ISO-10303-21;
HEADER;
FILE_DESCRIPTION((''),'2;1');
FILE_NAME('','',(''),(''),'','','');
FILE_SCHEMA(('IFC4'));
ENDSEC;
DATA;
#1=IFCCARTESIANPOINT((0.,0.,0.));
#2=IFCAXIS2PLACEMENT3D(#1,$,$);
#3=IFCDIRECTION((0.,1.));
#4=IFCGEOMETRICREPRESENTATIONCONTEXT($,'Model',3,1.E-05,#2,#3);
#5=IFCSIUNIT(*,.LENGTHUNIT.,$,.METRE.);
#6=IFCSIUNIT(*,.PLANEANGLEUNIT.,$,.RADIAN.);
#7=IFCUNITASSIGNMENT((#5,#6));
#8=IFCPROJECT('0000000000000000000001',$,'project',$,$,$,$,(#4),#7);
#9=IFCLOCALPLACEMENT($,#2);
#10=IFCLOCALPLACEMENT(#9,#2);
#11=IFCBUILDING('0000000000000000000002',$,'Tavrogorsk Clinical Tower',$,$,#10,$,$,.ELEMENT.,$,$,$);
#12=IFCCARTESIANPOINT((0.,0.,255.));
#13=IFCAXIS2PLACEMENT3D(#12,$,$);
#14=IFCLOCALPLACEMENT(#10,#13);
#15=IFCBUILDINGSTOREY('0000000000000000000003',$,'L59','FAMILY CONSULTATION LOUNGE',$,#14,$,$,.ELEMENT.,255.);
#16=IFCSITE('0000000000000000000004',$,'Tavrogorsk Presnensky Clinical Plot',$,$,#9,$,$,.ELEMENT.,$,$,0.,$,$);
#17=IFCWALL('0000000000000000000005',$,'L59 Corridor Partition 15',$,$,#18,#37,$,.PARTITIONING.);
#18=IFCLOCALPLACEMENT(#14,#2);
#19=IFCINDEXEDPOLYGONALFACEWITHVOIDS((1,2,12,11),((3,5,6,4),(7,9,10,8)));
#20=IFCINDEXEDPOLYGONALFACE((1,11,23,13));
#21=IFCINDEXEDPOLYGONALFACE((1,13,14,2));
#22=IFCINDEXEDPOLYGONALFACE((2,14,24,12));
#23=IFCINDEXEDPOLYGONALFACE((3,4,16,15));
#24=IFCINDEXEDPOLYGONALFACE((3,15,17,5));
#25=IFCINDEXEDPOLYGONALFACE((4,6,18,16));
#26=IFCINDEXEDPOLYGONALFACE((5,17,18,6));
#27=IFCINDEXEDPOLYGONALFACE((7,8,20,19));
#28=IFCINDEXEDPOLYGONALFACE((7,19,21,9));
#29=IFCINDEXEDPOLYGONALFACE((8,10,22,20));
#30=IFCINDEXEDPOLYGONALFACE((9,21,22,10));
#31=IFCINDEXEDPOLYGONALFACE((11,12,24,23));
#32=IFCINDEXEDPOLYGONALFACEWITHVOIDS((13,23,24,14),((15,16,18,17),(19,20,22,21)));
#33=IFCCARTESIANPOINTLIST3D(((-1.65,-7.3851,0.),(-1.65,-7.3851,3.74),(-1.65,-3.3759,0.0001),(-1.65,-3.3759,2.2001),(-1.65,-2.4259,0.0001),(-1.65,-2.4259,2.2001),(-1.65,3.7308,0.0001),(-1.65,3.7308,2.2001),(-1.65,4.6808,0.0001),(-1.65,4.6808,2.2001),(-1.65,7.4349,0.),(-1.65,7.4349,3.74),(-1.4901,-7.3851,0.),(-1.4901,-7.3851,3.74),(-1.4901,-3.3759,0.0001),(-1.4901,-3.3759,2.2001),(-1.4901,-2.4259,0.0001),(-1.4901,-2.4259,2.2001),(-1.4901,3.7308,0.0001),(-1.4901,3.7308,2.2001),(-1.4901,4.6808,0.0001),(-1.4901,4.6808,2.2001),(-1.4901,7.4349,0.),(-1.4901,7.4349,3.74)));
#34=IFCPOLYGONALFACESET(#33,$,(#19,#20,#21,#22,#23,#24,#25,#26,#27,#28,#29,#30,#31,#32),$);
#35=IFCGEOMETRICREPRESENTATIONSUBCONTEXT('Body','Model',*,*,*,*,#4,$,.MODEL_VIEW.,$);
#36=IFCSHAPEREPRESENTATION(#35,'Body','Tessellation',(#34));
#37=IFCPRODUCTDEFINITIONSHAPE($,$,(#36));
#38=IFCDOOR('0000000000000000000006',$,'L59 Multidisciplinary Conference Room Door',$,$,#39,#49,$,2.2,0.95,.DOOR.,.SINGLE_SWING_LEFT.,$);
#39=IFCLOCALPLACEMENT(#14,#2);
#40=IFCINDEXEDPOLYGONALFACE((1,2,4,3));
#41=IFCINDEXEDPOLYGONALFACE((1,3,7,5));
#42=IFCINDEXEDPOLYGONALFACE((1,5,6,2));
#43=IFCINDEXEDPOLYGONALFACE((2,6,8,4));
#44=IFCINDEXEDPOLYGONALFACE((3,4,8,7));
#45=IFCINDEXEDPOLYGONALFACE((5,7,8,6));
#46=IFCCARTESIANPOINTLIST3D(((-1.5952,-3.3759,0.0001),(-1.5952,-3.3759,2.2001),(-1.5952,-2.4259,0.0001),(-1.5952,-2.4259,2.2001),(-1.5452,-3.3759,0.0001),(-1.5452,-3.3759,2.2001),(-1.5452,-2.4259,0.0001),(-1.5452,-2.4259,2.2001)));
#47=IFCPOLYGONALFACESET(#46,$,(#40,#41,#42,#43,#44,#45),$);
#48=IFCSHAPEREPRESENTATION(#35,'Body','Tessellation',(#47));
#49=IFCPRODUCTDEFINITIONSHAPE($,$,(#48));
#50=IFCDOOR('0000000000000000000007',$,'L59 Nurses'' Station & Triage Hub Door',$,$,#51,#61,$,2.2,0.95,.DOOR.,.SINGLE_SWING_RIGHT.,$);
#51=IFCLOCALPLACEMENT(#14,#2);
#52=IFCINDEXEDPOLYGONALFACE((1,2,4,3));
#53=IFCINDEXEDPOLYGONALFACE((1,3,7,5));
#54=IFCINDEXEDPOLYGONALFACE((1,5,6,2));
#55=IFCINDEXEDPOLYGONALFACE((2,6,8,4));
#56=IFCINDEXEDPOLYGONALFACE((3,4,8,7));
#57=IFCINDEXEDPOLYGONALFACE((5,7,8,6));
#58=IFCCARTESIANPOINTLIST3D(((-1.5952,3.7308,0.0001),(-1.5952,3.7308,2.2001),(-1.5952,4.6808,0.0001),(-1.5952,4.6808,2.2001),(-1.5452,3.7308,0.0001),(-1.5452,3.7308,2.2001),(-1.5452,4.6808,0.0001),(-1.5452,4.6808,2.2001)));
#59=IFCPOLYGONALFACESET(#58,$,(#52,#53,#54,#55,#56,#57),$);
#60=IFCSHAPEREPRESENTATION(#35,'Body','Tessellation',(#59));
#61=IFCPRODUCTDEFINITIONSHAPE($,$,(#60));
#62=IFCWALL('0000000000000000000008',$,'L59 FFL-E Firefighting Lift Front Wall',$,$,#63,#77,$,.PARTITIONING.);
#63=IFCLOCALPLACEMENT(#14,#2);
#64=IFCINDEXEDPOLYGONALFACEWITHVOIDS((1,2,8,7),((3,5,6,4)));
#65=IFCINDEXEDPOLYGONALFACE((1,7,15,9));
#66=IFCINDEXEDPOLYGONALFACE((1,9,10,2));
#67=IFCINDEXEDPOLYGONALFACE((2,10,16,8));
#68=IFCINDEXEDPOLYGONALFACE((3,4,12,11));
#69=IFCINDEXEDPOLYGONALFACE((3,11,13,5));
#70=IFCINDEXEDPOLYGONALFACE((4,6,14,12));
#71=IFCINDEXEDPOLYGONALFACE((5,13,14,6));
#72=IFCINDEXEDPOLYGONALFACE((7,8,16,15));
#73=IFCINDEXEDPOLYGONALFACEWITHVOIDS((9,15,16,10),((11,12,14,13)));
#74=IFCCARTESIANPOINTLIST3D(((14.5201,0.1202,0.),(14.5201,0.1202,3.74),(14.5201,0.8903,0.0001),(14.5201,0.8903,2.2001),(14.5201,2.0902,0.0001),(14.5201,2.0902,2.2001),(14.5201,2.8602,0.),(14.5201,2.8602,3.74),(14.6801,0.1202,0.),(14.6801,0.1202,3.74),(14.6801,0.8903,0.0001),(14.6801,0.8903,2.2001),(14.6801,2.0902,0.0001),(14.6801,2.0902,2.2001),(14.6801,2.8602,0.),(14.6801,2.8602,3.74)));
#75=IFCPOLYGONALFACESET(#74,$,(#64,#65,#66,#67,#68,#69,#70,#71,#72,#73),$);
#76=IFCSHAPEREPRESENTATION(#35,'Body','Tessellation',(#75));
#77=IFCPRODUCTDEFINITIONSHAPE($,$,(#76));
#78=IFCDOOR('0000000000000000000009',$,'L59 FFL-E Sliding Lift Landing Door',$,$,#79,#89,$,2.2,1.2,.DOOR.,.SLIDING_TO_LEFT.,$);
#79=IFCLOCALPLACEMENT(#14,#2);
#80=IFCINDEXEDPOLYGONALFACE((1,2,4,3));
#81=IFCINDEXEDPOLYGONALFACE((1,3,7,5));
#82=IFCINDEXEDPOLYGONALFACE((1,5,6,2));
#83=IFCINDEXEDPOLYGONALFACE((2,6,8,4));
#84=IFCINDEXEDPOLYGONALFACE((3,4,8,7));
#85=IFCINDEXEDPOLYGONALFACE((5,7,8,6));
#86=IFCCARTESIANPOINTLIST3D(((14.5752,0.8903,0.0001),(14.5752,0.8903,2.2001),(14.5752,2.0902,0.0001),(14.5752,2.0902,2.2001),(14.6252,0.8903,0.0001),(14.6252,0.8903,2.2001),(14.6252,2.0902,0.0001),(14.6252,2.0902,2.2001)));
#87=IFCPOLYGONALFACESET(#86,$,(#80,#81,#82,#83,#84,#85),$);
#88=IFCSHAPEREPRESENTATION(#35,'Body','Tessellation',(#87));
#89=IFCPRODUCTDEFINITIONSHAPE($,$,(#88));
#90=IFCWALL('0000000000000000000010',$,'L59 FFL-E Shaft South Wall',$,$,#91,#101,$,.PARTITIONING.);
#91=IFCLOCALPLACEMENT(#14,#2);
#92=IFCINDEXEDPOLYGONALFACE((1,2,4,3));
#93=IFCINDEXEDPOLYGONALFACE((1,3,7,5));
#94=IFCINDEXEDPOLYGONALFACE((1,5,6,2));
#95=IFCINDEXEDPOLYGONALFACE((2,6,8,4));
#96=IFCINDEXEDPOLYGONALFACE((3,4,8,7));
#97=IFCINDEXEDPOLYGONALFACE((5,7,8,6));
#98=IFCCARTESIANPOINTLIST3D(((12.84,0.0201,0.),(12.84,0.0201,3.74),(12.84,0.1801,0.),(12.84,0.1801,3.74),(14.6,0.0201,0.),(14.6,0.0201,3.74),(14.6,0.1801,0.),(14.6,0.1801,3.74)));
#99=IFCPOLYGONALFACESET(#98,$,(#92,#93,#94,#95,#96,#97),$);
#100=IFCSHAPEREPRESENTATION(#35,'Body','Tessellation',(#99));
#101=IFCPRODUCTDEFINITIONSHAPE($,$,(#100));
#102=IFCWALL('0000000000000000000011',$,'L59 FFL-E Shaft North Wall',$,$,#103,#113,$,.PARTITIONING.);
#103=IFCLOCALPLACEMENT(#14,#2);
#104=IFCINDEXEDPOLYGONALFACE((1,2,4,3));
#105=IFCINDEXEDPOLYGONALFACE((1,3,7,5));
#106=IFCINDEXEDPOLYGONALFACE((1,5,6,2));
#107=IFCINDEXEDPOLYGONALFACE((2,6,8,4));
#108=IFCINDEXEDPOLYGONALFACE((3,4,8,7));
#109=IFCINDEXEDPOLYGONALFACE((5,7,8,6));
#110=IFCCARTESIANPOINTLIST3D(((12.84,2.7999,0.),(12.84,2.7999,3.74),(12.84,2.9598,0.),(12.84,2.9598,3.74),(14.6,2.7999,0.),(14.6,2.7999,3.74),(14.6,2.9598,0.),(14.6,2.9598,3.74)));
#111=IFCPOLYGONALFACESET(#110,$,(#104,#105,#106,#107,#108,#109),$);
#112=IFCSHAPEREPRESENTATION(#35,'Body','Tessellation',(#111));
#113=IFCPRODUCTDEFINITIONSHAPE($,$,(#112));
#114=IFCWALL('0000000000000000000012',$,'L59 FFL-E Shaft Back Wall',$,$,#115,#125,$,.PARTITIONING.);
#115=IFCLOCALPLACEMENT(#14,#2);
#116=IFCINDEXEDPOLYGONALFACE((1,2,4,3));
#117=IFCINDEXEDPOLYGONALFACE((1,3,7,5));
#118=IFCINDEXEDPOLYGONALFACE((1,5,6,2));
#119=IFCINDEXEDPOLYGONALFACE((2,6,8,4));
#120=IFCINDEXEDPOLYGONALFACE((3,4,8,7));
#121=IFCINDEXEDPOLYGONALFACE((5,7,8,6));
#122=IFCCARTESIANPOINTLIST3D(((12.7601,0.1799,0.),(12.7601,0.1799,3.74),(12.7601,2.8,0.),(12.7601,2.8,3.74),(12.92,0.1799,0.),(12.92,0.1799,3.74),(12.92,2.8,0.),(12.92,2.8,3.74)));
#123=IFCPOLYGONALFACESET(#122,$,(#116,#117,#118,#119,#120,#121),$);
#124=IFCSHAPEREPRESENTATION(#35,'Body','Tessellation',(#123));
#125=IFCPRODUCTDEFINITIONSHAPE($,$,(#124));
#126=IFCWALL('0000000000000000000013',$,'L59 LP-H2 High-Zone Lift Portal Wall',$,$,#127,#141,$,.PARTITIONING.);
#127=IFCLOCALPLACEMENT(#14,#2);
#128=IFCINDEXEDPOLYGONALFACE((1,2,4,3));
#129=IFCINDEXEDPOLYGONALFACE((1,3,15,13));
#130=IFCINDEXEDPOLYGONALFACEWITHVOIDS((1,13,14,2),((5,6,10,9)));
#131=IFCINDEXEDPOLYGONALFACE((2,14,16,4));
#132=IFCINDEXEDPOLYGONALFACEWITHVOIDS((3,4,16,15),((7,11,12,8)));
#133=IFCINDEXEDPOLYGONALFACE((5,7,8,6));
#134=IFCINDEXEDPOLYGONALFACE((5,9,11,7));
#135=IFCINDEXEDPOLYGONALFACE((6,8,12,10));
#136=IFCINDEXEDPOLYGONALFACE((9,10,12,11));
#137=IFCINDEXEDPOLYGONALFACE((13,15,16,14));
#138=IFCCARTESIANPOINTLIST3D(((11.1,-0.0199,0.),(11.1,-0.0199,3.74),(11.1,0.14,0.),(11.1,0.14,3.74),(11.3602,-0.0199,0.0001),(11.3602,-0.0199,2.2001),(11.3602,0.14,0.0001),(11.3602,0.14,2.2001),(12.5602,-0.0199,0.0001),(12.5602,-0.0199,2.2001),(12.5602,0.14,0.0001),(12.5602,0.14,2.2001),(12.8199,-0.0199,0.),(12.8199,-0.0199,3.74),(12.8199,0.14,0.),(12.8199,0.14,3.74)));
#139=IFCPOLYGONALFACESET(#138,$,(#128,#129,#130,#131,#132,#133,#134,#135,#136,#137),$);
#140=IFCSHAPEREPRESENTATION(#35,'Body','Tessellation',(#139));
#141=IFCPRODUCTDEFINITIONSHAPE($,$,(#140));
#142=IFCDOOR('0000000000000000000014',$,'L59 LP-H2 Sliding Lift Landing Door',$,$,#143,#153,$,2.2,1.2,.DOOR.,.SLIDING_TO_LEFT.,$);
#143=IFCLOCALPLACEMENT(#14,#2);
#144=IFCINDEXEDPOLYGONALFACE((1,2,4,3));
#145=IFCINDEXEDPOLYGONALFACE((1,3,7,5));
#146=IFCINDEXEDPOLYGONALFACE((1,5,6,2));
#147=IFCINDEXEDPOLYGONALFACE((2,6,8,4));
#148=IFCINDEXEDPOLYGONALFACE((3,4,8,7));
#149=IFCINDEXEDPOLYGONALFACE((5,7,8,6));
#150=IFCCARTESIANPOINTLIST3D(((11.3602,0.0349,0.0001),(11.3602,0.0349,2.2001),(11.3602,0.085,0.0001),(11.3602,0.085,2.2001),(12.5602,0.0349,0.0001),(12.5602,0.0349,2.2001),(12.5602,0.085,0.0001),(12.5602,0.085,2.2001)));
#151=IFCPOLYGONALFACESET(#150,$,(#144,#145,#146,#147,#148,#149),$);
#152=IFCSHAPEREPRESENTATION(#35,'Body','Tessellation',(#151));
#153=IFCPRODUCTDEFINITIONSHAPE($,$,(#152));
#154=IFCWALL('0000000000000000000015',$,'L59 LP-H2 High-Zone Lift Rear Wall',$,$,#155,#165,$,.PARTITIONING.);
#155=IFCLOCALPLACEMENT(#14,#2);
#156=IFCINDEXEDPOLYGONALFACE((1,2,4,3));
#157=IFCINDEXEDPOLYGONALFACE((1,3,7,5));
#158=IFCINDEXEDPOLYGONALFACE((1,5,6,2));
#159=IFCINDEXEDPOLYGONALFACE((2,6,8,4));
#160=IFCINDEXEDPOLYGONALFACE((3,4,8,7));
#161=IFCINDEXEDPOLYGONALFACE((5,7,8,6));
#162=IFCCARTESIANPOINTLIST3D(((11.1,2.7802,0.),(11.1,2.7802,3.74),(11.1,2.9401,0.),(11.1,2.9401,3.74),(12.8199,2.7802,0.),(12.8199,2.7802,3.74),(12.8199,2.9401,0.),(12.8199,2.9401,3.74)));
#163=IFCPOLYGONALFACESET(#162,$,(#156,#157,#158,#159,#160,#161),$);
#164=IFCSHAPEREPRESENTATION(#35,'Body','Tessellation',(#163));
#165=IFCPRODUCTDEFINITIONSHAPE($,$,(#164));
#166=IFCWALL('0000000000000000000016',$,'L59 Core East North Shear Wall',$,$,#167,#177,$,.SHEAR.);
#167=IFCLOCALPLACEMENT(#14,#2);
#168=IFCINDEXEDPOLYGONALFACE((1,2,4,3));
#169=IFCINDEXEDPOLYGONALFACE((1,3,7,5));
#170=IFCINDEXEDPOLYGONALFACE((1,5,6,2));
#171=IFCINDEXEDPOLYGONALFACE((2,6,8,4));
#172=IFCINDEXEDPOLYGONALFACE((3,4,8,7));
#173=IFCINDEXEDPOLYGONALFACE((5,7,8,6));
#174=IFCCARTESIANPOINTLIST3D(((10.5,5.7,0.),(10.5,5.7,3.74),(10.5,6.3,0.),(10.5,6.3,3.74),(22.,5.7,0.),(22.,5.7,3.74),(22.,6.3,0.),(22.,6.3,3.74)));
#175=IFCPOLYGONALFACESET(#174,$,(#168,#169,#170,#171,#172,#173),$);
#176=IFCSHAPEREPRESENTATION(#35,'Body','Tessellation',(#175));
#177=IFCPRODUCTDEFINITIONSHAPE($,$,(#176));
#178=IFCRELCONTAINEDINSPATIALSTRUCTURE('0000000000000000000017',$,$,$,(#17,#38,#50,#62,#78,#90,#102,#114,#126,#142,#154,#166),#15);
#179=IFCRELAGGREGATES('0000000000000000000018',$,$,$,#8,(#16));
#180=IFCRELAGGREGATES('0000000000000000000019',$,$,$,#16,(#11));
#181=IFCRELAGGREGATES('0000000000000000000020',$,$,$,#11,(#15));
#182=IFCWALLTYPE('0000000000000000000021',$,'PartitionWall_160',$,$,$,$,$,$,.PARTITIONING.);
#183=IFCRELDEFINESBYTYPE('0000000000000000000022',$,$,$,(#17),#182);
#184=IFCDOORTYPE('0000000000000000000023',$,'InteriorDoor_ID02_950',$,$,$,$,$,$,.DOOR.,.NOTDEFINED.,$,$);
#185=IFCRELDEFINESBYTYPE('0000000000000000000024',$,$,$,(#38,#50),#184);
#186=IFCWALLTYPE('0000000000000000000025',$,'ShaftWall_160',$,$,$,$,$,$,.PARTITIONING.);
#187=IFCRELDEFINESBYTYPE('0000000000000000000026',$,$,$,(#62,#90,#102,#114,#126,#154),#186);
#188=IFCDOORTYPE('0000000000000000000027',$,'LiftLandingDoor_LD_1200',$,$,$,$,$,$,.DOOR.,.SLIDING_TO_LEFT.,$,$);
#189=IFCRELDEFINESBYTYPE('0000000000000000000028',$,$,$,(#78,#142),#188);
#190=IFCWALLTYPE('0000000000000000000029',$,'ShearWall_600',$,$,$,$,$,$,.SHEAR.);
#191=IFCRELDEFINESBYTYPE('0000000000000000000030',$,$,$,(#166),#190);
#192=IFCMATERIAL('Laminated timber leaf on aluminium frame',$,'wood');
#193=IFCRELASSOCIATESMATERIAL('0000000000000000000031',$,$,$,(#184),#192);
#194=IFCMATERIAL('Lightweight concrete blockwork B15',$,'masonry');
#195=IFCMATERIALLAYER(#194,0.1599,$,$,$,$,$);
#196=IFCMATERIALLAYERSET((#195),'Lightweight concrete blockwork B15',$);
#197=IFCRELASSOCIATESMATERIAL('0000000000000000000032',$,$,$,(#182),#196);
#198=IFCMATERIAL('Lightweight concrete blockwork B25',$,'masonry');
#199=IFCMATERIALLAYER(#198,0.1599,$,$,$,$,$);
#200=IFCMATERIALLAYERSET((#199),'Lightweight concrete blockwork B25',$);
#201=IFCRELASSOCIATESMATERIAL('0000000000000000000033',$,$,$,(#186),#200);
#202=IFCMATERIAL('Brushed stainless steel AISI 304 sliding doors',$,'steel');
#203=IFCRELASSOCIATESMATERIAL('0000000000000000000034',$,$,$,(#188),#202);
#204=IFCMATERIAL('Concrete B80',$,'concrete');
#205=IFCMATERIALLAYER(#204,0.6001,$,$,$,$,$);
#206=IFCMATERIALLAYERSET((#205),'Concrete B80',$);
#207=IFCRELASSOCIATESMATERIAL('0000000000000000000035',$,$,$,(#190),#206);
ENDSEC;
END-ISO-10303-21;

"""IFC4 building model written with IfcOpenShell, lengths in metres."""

from ifc_helpers import new_model, si_unit, direction, frame, frame_2d, origin, place, context, subcontext, project, spatial, rectangle, extrude, material, layer, layer_set, type_object, element, fill, save


model = new_model("IFC4")

# Units and contexts
model_context = context("Model", 3, precision=1e-05, world=origin(), true_north=direction((0.0, 1.0)))
body_context = subcontext(model_context, "Body", "Model", "MODEL_VIEW")
ifc_project = project(units=[si_unit("LENGTHUNIT", "METRE"), si_unit("PLANEANGLEUNIT", "RADIAN")], contexts=[model_context])

# Site, building, storey
site_placement = place(None, origin())
site = spatial("IfcSite", under=ifc_project, at=site_placement, Name="Tavrogorsk Presnensky Clinical Plot", CompositionType="ELEMENT", RefElevation=0.0)
building_placement = place(site_placement, origin())
building = spatial("IfcBuilding", under=site, at=building_placement, Name="Tavrogorsk Clinical Tower", CompositionType="ELEMENT")
storey_placement = place(building_placement, frame((0.0, 0.0, 255.0)))
storey = spatial("IfcBuildingStorey", under=building, at=storey_placement, Name="L59", Description="FAMILY CONSULTATION LOUNGE", CompositionType="ELEMENT", Elevation=255.0)

# Shared definitions
ifc_material_1 = material(Name="Laminated timber leaf on aluminium frame", Category="wood")
door_type_1 = type_object("IfcDoorType", Name="InteriorDoor_ID02_950", OperationType="NOTDEFINED", PredefinedType="DOOR", material=ifc_material_1)

# Shared definitions
ifc_material_2 = material(Name="Lightweight concrete blockwork B15", Category="masonry")
ifc_layer_1 = layer(ifc_material_2, 0.1599)
ifc_layer_set_1 = layer_set([ifc_layer_1], Name="Lightweight concrete blockwork B15")
wall_type_1 = type_object("IfcWallType", Name="PartitionWall_160", PredefinedType="PARTITIONING", material=ifc_layer_set_1)

# Wall, openings, doors
wall_1_placement = place(storey_placement, frame((-1.5701, 7.4351, 0.0), z_axis=(0.0, 0.0, 1.0), x_axis=(0.0, -1.0, 0.0)))
wall_1 = element("IfcWall", 1, at=wall_1_placement, inside=storey, type_object=wall_type_1, Name="L59 Corridor Partition 15", PredefinedType="PARTITIONING", context=body_context, shape_type="SweptSolid", body=[
    extrude(rectangle(XDim=14.8201, YDim=0.1599, at=frame_2d((7.4102, 0.0))), origin(), (0.0, 0.0, 1.0), 3.74),
])
opening_1_placement = place(wall_1_placement, frame((9.8608, 0.0, 0.0)))
opening_1 = element("IfcOpeningElement", 2, at=opening_1_placement, cuts=wall_1, PredefinedType="OPENING", context=body_context, shape_type="SweptSolid", body=[
    extrude(rectangle(XDim=0.95, YDim=2.2, at=frame_2d((0.4751, 1.1001))), frame((0.0, 0.0898, 0.0), z_axis=(0.0, -1.0, 0.0), x_axis=(1.0, 0.0, 0.0)), (0.0, 0.0, 1.0), 0.1799),
])
opening_2_placement = place(wall_1_placement, frame((2.7542, 0.0, 0.0)))
opening_2 = element("IfcOpeningElement", 3, at=opening_2_placement, cuts=wall_1, PredefinedType="OPENING", context=body_context, shape_type="SweptSolid", body=[
    extrude(rectangle(XDim=0.95, YDim=2.2, at=frame_2d((0.4751, 1.1001))), frame((0.0, 0.0898, 0.0), z_axis=(0.0, -1.0, 0.0), x_axis=(1.0, 0.0, 0.0)), (0.0, 0.0, 1.0), 0.1799),
])
door_1_placement = place(opening_1_placement, origin())
door_1 = element("IfcDoor", 4, at=door_1_placement, inside=storey, type_object=door_type_1, Name="L59 Multidisciplinary Conference Room Door", OperationType="SINGLE_SWING_LEFT", OverallHeight=2.2, OverallWidth=0.95, PredefinedType="DOOR", context=body_context, shape_type="SweptSolid", body=[
    extrude(rectangle(XDim=0.95, YDim=2.2, at=frame_2d((0.4751, 1.1001))), frame((0.0, 0.0249, 0.0), z_axis=(0.0, -1.0, 0.0), x_axis=(1.0, 0.0, 0.0)), (0.0, 0.0, 1.0), 0.05),
])
fill(opening_1, door_1)
door_2_placement = place(opening_2_placement, origin())
door_2 = element("IfcDoor", 5, at=door_2_placement, inside=storey, type_object=door_type_1, Name="L59 Nurses' Station & Triage Hub Door", OperationType="SINGLE_SWING_RIGHT", OverallHeight=2.2, OverallWidth=0.95, PredefinedType="DOOR", context=body_context, shape_type="SweptSolid", body=[
    extrude(rectangle(XDim=0.95, YDim=2.2, at=frame_2d((0.4751, 1.1001))), frame((0.0, 0.0249, 0.0), z_axis=(0.0, -1.0, 0.0), x_axis=(1.0, 0.0, 0.0)), (0.0, 0.0, 1.0), 0.05),
])
fill(opening_2, door_2)

# Wall, opening, door
ifc_material_3 = material(Name="Lightweight concrete blockwork B25", Category="masonry")
ifc_layer_2 = layer(ifc_material_3, 0.1599)
ifc_layer_set_2 = layer_set([ifc_layer_2], Name="Lightweight concrete blockwork B25")
wall_type_2 = type_object("IfcWallType", Name="ShaftWall_160", PredefinedType="PARTITIONING", material=ifc_layer_set_2)
wall_2_placement = place(storey_placement, frame((14.6001, 0.1201, 0.0), z_axis=(0.0, 0.0, 1.0), x_axis=(0.0, 1.0, 0.0)))
wall_2 = element("IfcWall", 6, at=wall_2_placement, inside=storey, type_object=wall_type_2, Name="L59 FFL-E Firefighting Lift Front Wall", PredefinedType="PARTITIONING", context=body_context, shape_type="SweptSolid", body=[
    extrude(rectangle(XDim=2.74, YDim=0.1599, at=frame_2d((1.3701, 0.0))), origin(), (0.0, 0.0, 1.0), 3.74),
])
opening_3_placement = place(wall_2_placement, frame((0.77, 0.0, 0.0)))
opening_3 = element("IfcOpeningElement", 7, at=opening_3_placement, cuts=wall_2, PredefinedType="OPENING", context=body_context, shape_type="SweptSolid", body=[
    extrude(rectangle(XDim=1.2, YDim=2.2, at=frame_2d((0.6001, 1.1001))), frame((0.0, 0.0898, 0.0), z_axis=(0.0, -1.0, 0.0), x_axis=(1.0, 0.0, 0.0)), (0.0, 0.0, 1.0), 0.1799),
])
ifc_material_4 = material(Name="Brushed stainless steel AISI 304 sliding doors", Category="steel")
door_type_2 = type_object("IfcDoorType", Name="LiftLandingDoor_LD_1200", OperationType="SLIDING_TO_LEFT", PredefinedType="DOOR", material=ifc_material_4)
door_3_placement = place(opening_3_placement, origin())
door_3 = element("IfcDoor", 8, at=door_3_placement, inside=storey, type_object=door_type_2, Name="L59 FFL-E Sliding Lift Landing Door", OperationType="SLIDING_TO_LEFT", OverallHeight=2.2, OverallWidth=1.2, PredefinedType="DOOR", context=body_context, shape_type="SweptSolid", body=[
    extrude(rectangle(XDim=1.2, YDim=2.2, at=frame_2d((0.6001, 1.1001))), frame((0.0, 0.0249, 0.0), z_axis=(0.0, -1.0, 0.0), x_axis=(1.0, 0.0, 0.0)), (0.0, 0.0, 1.0), 0.05),
])
fill(opening_3, door_3)

# Walls
for number, where, z_axis, x_axis, name in (
    (9, (12.8401, 0.1001, 0.0), (0.0, 0.0, 1.0), (1.0, 0.0, 0.0), "L59 FFL-E Shaft South Wall"),
    (10, (12.8401, 2.8799, 0.0), (0.0, 0.0, 1.0), (1.0, 0.0, 0.0), "L59 FFL-E Shaft North Wall"),
):
    element("IfcWall", number, at=place(storey_placement, frame(where, z_axis=z_axis, x_axis=x_axis)), inside=storey, type_object=wall_type_2, Name=name, PredefinedType="PARTITIONING", context=body_context, shape_type="SweptSolid", body=[
        extrude(rectangle(XDim=1.76, YDim=0.1599, at=frame_2d((0.8799, 0.0))), origin(), (0.0, 0.0, 1.0), 3.74),
    ])
wall_3_placement = place(storey_placement, frame((12.8401, 0.1799, 0.0), z_axis=(0.0, 0.0, 1.0), x_axis=(0.0, 1.0, 0.0)))
element("IfcWall", 11, at=wall_3_placement, inside=storey, type_object=wall_type_2, Name="L59 FFL-E Shaft Back Wall", PredefinedType="PARTITIONING", context=body_context, shape_type="SweptSolid", body=[
    extrude(rectangle(XDim=2.6201, YDim=0.1599, at=frame_2d((1.3101, 0.0))), origin(), (0.0, 0.0, 1.0), 3.74),
])

# Wall, opening, door
wall_4_placement = place(storey_placement, frame((11.1001, 0.0601, 0.0), z_axis=(0.0, 0.0, 1.0), x_axis=(1.0, 0.0, 0.0)))
wall_4 = element("IfcWall", 12, at=wall_4_placement, inside=storey, type_object=wall_type_2, Name="L59 LP-H2 High-Zone Lift Portal Wall", PredefinedType="PARTITIONING", context=body_context, shape_type="SweptSolid", body=[
    extrude(rectangle(XDim=1.72, YDim=0.1599, at=frame_2d((0.8599, 0.0))), origin(), (0.0, 0.0, 1.0), 3.74),
])
opening_4_placement = place(wall_4_placement, frame((0.26, 0.0, 0.0)))
opening_4 = element("IfcOpeningElement", 13, at=opening_4_placement, cuts=wall_4, PredefinedType="OPENING", context=body_context, shape_type="SweptSolid", body=[
    extrude(rectangle(XDim=1.2, YDim=2.2, at=frame_2d((0.6001, 1.1001))), frame((0.0, 0.0898, 0.0), z_axis=(0.0, -1.0, 0.0), x_axis=(1.0, 0.0, 0.0)), (0.0, 0.0, 1.0), 0.1799),
])
door_4_placement = place(opening_4_placement, origin())
door_4 = element("IfcDoor", 14, at=door_4_placement, inside=storey, type_object=door_type_2, Name="L59 LP-H2 Sliding Lift Landing Door", OperationType="SLIDING_TO_LEFT", OverallHeight=2.2, OverallWidth=1.2, PredefinedType="DOOR", context=body_context, shape_type="SweptSolid", body=[
    extrude(rectangle(XDim=1.2, YDim=2.2, at=frame_2d((0.6001, 1.1001))), frame((0.0, 0.0249, 0.0), z_axis=(0.0, -1.0, 0.0), x_axis=(1.0, 0.0, 0.0)), (0.0, 0.0, 1.0), 0.05),
])
fill(opening_4, door_4)

# Walls
wall_5_placement = place(storey_placement, frame((11.1001, 2.8601, 0.0), z_axis=(0.0, 0.0, 1.0), x_axis=(1.0, 0.0, 0.0)))
element("IfcWall", 15, at=wall_5_placement, inside=storey, type_object=wall_type_2, Name="L59 LP-H2 High-Zone Lift Rear Wall", PredefinedType="PARTITIONING", context=body_context, shape_type="SweptSolid", body=[
    extrude(rectangle(XDim=1.72, YDim=0.1599, at=frame_2d((0.8599, 0.0))), origin(), (0.0, 0.0, 1.0), 3.74),
])
ifc_material_5 = material(Name="Concrete B80", Category="concrete")
ifc_layer_3 = layer(ifc_material_5, 0.6001)
ifc_layer_set_3 = layer_set([ifc_layer_3], Name="Concrete B80")
wall_type_3 = type_object("IfcWallType", Name="ShearWall_600", PredefinedType="SHEAR", material=ifc_layer_set_3)
wall_6_placement = place(storey_placement, frame((10.5, 6.0, 0.0), z_axis=(0.0, 0.0, 1.0), x_axis=(1.0, 0.0, 0.0)))
element("IfcWall", 16, at=wall_6_placement, inside=storey, type_object=wall_type_3, Name="L59 Core East North Shear Wall", PredefinedType="SHEAR", context=body_context, shape_type="SweptSolid", body=[
    extrude(rectangle(XDim=11.5, YDim=0.6001, at=frame_2d((5.75, 0.0))), origin(), (0.0, 0.0, 1.0), 3.74),
])

save(model, "model.ifc")
